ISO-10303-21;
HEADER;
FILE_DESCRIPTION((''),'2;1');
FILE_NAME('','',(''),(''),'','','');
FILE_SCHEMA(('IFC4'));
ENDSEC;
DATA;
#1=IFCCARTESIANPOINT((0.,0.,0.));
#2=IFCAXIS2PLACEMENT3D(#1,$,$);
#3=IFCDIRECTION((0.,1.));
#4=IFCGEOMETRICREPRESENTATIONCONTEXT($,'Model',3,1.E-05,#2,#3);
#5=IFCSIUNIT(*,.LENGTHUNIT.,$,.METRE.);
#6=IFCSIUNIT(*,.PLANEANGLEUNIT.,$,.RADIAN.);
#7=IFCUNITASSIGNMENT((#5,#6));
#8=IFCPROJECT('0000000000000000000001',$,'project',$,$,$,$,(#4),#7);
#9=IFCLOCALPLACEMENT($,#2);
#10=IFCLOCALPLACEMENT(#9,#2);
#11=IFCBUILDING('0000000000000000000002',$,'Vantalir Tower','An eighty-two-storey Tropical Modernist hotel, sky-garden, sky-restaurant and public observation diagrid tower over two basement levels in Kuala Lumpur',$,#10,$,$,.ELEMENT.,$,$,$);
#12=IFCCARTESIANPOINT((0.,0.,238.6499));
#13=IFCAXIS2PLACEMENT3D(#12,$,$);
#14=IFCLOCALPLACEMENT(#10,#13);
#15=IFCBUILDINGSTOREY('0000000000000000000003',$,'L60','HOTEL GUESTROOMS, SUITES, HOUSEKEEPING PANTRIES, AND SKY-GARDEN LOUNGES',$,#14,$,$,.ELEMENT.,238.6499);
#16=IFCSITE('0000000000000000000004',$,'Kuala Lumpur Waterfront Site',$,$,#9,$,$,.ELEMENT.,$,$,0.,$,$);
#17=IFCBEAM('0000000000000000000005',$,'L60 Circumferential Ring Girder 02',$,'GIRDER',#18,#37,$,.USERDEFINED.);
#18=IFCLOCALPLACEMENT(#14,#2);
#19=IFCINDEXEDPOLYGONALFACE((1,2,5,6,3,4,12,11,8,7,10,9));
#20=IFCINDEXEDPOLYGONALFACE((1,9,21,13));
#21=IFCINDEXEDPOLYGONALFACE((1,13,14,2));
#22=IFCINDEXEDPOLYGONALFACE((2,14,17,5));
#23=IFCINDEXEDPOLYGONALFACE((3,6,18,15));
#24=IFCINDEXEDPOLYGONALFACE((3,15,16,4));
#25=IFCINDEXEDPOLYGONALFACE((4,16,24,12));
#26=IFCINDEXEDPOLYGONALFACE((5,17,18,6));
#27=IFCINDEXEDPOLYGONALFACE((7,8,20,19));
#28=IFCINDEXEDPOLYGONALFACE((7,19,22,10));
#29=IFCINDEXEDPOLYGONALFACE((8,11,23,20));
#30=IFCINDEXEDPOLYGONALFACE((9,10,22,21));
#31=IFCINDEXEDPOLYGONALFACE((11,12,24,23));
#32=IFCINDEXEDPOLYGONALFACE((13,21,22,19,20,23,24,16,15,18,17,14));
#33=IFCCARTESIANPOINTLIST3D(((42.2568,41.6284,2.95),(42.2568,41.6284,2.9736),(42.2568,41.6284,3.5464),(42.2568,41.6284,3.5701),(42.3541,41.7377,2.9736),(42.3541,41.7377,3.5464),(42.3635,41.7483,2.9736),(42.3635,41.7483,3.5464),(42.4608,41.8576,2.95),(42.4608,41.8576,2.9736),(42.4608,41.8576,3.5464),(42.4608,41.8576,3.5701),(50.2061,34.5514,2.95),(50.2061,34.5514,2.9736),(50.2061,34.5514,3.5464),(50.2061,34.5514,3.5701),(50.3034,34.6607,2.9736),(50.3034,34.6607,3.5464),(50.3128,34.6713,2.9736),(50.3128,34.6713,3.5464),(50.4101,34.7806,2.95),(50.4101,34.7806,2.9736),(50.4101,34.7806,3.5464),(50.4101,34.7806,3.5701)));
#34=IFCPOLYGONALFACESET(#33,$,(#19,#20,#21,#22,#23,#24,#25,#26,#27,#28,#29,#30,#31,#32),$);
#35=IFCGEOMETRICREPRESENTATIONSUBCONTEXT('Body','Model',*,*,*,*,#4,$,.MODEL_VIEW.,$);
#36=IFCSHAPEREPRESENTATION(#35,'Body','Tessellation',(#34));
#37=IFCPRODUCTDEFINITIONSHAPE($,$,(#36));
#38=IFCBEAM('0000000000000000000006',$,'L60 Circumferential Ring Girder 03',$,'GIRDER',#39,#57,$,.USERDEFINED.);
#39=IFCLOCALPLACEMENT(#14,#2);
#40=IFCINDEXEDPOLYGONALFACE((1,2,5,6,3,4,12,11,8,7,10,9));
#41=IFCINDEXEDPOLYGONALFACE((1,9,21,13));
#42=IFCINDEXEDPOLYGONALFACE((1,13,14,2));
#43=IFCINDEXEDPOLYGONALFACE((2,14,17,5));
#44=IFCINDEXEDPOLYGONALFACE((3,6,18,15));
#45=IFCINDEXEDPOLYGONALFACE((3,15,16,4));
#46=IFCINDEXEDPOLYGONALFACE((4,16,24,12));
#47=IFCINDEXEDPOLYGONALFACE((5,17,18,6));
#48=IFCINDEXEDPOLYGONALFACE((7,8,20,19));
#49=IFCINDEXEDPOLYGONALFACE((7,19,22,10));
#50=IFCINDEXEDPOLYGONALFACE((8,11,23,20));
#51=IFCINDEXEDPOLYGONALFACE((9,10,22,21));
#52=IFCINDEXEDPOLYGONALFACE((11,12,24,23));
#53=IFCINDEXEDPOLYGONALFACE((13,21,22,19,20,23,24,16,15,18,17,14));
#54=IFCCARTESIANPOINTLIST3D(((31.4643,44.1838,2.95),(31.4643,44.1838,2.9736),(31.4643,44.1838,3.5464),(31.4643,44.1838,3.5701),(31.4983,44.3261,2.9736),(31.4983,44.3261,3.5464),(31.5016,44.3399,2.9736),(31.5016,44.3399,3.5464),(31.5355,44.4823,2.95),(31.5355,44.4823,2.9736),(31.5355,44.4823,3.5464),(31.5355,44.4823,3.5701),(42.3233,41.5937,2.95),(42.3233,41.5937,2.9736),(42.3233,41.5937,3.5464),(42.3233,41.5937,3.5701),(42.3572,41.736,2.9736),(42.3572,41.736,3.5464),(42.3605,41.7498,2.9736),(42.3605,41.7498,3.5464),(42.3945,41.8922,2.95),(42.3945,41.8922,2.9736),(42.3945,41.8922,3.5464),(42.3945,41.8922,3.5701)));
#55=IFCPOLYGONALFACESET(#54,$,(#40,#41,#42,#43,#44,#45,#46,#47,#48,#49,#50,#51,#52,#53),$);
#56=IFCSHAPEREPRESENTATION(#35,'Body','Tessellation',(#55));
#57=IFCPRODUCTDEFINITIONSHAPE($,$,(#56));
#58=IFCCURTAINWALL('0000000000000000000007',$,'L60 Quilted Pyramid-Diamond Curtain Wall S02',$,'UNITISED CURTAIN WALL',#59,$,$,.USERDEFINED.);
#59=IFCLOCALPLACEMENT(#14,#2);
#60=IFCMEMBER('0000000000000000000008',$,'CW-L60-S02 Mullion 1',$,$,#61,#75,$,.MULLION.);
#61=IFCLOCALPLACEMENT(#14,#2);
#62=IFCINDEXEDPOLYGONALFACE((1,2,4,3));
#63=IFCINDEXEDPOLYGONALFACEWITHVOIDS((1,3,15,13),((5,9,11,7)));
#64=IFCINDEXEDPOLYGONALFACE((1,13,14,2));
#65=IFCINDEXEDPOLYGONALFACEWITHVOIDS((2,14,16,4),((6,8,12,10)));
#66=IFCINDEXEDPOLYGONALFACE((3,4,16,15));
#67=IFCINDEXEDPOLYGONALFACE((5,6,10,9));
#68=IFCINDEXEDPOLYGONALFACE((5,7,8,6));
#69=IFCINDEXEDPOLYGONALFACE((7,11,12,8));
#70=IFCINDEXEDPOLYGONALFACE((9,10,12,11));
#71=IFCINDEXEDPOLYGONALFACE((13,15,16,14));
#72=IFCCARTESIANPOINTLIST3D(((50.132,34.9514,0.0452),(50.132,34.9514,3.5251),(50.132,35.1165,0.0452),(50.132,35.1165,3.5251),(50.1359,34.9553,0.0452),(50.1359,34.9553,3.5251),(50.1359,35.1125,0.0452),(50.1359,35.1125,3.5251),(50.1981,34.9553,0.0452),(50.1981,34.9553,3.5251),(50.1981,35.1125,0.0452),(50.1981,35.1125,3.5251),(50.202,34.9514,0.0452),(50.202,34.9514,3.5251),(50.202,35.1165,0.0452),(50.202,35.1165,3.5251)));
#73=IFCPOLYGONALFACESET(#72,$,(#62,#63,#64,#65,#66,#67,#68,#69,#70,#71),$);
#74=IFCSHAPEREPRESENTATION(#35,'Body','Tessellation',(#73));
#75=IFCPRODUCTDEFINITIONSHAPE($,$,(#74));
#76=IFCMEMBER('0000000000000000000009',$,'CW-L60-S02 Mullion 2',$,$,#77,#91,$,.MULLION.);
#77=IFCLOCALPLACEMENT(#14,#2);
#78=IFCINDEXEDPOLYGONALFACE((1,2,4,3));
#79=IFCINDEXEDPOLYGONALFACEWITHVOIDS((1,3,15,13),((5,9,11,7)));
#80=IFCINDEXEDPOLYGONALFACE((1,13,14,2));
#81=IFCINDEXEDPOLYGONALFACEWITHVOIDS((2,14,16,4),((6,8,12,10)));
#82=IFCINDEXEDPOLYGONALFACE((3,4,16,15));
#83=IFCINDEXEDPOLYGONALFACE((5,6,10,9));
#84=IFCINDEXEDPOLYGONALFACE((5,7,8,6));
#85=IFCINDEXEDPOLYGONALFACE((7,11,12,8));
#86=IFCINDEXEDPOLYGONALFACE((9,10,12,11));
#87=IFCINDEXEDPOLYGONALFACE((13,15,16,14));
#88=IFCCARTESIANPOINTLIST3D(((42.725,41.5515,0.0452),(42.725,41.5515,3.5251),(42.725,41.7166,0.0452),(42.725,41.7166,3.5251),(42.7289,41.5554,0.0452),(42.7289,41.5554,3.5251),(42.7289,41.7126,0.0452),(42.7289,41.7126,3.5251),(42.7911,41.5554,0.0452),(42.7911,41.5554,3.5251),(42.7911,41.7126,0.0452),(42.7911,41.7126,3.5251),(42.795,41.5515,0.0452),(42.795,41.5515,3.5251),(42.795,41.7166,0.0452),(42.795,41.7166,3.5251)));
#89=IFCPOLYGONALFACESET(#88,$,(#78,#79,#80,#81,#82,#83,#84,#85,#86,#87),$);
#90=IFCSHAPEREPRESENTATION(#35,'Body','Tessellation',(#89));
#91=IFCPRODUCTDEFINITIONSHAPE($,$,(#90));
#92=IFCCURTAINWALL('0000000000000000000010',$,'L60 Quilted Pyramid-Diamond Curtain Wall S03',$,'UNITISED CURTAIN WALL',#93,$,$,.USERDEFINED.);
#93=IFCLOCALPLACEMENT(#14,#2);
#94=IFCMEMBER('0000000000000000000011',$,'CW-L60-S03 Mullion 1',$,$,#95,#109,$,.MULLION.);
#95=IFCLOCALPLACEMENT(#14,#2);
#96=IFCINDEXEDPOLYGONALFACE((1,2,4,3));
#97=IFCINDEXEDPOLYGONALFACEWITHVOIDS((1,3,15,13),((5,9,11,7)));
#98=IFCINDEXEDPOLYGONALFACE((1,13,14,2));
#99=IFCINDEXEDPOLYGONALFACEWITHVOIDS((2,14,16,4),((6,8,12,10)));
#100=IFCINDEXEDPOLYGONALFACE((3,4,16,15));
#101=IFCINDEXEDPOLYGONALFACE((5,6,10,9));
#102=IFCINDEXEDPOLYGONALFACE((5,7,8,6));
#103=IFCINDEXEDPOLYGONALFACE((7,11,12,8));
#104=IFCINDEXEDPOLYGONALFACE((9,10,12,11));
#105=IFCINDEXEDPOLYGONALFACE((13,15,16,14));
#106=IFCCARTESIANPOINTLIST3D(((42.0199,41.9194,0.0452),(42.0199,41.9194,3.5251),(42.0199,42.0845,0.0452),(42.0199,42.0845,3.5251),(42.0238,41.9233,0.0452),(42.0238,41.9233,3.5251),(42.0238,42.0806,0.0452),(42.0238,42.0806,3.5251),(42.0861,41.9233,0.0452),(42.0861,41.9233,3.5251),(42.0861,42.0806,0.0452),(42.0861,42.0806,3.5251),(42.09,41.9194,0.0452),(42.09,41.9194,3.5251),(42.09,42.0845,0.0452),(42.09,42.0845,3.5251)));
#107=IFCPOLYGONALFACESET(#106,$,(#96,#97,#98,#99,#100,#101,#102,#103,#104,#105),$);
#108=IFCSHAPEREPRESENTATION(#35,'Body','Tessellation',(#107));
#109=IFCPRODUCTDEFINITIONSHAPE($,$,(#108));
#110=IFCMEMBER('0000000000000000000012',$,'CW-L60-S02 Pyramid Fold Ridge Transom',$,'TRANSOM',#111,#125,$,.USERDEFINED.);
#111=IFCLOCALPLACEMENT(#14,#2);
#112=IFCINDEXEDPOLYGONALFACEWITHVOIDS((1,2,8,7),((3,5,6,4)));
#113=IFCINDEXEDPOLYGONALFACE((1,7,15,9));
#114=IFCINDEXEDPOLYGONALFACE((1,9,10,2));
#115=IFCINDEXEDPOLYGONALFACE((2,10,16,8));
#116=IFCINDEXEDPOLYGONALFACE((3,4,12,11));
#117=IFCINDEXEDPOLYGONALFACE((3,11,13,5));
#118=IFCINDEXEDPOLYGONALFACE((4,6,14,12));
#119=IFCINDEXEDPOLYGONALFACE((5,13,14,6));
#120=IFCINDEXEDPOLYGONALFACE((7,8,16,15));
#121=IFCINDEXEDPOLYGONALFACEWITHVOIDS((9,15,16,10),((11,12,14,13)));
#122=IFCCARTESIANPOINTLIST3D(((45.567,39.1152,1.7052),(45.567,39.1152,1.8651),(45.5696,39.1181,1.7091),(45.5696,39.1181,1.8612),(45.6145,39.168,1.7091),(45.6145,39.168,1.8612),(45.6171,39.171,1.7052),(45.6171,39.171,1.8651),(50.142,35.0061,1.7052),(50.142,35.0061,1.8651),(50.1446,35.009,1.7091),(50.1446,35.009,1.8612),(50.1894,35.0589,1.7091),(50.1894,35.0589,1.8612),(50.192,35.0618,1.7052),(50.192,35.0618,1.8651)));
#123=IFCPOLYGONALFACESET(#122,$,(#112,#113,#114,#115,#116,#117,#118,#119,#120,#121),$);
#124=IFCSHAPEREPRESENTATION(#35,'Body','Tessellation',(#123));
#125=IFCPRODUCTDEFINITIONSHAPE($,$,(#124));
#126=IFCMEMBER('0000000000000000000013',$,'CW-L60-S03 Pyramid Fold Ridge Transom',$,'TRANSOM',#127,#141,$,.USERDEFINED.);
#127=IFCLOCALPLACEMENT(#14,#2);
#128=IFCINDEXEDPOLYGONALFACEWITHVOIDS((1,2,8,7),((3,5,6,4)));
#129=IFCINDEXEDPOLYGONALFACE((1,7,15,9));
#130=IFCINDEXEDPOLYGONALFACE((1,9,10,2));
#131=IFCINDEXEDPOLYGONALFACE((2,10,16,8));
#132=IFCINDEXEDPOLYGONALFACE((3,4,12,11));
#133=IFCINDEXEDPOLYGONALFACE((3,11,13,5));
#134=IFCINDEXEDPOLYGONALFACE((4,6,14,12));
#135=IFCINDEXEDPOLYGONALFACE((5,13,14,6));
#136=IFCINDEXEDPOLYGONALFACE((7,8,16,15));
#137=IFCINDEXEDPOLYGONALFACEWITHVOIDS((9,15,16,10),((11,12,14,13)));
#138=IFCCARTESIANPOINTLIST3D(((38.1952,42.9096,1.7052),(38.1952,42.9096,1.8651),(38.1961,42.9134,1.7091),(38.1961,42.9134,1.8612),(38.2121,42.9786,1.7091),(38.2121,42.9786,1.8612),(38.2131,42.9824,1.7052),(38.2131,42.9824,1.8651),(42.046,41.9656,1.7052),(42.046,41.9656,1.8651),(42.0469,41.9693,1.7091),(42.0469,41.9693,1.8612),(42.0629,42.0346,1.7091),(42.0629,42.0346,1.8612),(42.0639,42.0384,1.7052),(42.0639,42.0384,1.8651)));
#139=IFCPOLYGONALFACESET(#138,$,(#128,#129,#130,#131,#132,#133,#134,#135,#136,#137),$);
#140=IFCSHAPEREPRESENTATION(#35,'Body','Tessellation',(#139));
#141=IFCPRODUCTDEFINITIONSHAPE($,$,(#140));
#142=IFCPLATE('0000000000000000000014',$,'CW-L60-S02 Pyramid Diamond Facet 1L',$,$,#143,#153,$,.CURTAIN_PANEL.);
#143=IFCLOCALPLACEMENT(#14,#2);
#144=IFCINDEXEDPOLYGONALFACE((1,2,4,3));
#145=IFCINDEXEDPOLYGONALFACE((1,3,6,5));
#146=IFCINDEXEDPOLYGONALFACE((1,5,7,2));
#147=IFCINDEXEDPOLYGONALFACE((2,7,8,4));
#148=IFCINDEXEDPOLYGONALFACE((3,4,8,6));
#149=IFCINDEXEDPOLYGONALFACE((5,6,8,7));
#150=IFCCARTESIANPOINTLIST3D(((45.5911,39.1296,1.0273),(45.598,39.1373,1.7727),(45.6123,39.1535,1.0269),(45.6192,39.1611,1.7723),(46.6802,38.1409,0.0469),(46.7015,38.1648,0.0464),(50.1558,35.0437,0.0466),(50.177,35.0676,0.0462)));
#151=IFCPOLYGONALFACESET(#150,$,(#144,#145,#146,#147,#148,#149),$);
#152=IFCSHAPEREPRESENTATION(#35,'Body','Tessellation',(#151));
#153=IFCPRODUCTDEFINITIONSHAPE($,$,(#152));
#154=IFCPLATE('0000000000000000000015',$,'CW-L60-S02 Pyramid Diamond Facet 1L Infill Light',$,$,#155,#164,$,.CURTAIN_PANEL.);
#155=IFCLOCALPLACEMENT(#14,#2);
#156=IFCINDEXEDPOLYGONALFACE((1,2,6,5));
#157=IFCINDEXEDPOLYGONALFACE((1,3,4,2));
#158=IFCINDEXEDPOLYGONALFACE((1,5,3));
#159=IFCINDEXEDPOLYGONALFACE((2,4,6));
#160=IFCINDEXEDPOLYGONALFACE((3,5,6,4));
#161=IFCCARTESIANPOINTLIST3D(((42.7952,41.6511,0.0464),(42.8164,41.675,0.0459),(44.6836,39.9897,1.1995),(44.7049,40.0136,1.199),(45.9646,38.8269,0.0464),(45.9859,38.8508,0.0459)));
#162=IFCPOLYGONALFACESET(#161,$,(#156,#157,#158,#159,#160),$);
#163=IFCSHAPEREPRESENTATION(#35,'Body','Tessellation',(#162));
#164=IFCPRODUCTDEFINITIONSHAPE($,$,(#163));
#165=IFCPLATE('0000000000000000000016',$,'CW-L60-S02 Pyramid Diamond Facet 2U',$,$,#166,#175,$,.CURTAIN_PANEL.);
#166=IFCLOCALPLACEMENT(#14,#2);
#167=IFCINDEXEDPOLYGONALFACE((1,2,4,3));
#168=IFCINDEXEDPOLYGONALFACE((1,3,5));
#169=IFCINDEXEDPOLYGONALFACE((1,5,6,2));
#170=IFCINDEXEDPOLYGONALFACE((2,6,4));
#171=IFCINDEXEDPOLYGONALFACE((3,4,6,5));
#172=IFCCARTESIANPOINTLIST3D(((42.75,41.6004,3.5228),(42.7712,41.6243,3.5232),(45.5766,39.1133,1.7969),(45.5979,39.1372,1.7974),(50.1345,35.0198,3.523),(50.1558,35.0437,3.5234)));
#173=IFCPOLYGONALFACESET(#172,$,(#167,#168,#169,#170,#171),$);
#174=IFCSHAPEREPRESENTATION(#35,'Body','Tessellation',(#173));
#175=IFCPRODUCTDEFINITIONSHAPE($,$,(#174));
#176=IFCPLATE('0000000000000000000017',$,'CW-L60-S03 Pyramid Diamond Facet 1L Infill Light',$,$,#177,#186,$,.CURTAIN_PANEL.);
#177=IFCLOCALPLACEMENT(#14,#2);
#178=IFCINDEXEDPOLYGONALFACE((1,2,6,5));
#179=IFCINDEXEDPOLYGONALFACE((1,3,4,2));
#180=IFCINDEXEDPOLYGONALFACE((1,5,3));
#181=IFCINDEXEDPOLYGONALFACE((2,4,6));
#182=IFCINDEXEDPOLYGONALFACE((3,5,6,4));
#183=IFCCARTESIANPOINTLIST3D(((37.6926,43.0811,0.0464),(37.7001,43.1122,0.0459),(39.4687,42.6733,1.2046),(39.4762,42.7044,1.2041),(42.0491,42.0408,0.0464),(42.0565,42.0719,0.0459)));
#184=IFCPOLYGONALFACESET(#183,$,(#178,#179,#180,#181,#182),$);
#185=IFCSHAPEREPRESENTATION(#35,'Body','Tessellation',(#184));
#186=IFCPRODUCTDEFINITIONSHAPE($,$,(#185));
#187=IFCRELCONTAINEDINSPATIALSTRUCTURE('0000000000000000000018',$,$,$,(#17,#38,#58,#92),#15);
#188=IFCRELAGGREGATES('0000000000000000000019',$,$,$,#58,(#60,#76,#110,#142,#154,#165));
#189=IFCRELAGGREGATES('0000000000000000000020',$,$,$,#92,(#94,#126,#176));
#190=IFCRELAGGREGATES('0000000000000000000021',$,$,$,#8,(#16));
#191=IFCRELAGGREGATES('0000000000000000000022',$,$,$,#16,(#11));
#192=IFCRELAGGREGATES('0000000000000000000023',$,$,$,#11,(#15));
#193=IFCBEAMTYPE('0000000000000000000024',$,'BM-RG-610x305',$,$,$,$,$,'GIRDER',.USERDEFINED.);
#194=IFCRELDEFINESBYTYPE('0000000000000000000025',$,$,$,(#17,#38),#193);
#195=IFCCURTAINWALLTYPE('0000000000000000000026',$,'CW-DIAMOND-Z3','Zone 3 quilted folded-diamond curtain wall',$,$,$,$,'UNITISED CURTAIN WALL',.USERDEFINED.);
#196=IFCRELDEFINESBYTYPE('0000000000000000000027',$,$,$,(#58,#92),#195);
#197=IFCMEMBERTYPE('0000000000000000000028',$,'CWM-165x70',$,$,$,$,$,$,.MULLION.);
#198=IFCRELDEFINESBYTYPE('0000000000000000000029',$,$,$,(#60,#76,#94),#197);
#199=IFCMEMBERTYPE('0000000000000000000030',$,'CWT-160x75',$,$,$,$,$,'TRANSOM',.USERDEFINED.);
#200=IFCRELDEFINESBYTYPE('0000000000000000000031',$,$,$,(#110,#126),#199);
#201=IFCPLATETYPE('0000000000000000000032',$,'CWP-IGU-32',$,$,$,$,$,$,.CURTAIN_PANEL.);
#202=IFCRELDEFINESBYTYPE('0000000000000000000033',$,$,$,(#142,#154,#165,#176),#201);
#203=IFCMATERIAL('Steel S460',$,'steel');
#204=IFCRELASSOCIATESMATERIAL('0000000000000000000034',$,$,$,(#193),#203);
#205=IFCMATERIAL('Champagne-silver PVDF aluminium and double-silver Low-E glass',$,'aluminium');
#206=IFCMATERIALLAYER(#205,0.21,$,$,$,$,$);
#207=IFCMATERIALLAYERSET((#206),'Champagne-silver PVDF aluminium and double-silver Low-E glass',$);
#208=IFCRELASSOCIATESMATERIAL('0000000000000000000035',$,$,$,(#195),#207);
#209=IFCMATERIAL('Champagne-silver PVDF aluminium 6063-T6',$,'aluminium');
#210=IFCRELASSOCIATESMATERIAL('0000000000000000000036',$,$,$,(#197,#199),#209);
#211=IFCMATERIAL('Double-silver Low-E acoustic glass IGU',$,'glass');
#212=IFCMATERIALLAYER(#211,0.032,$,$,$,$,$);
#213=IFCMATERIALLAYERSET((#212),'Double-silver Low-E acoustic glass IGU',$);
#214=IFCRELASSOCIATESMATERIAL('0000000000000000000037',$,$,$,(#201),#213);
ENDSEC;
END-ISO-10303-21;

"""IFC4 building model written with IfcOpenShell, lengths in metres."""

from ifc_helpers import new_model, si_unit, direction, frame, origin, origin_2d, place, context, subcontext, project, spatial, polyline, hollow_rectangle, i_section, outline, extrude, material, layer, layer_set, material_profile, profile_set, type_object, element, aggregate, save


model = new_model("IFC4")

# Units and contexts
model_context = context("Model", 3, precision=1e-05, world=origin(), true_north=direction((0.0, 1.0)))
body_context = subcontext(model_context, "Body", "Model", "MODEL_VIEW")
ifc_project = project(units=[si_unit("LENGTHUNIT", "METRE"), si_unit("PLANEANGLEUNIT", "RADIAN")], contexts=[model_context])

# Site, building, storey
site_placement = place(None, origin())
site = spatial("IfcSite", under=ifc_project, at=site_placement, Name="Kuala Lumpur Waterfront Site", CompositionType="ELEMENT", RefElevation=0.0)
building_placement = place(site_placement, origin())
building = spatial("IfcBuilding", under=site, at=building_placement, Name="Vantalir Tower", Description="An eighty-two-storey Tropical Modernist hotel, sky-garden, sky-restaurant and public observation diagrid tower over two basement levels in Kuala Lumpur", CompositionType="ELEMENT")
storey_placement = place(building_placement, frame((0.0, 0.0, 238.6499)))
storey = spatial("IfcBuildingStorey", under=building, at=storey_placement, Name="L60", Description="HOTEL GUESTROOMS, SUITES, HOUSEKEEPING PANTRIES, AND SKY-GARDEN LOUNGES", CompositionType="ELEMENT", Elevation=238.6499)

# Shared definitions
ifc_material_1 = material(Name="Steel S460", Category="steel")

# Beams
ifc_material_profile_1 = material_profile(ifc_material_1, i_section(OverallWidth=0.3069, OverallDepth=0.6201, WebThickness=0.0142, FlangeThickness=0.0237, at=origin_2d()), Name="Steel S460")
ifc_profile_set_1 = profile_set([ifc_material_profile_1], Name="Steel S460")
beam_type_1 = type_object("IfcBeamType", Name="BM-RG-610x305", ElementType="GIRDER", PredefinedType="USERDEFINED", material=ifc_profile_set_1)
beam_1_placement = place(storey_placement, frame((50.3081, 34.666, 3.26), z_axis=(-0.746899, 0.664937, 0.0), x_axis=(-0.664937, -0.746899, 0.0)))
element("IfcBeam", 1, at=beam_1_placement, inside=storey, type_object=beam_type_1, Name="L60 Circumferential Ring Girder 02", ObjectType="GIRDER", PredefinedType="USERDEFINED", context=body_context, shape_type="SweptSolid", body=[
    extrude(i_section(OverallWidth=0.3069, OverallDepth=0.6201, WebThickness=0.0142, FlangeThickness=0.0237, at=origin_2d()), origin(), (0.0, 0.0, 1.0), 10.6431),
])
beam_2_placement = place(storey_placement, frame((42.3589, 41.7429, 3.26), z_axis=(-0.972713, 0.232014, 0.0), x_axis=(-0.232014, -0.972713, 0.0)))
element("IfcBeam", 2, at=beam_2_placement, inside=storey, type_object=beam_type_1, Name="L60 Circumferential Ring Girder 03", ObjectType="GIRDER", PredefinedType="USERDEFINED", context=body_context, shape_type="SweptSolid", body=[
    extrude(i_section(OverallWidth=0.3069, OverallDepth=0.6201, WebThickness=0.0142, FlangeThickness=0.0237, at=origin_2d()), origin(), (0.0, 0.0, 1.0), 11.1636),
])

# Curtain wall, members
ifc_material_2 = material(Name="Champagne-silver PVDF aluminium and double-silver Low-E glass", Category="aluminium")
ifc_layer_1 = layer(ifc_material_2, 0.21)
ifc_layer_set_1 = layer_set([ifc_layer_1], Name="Champagne-silver PVDF aluminium and double-silver Low-E glass")
curtain_wall_type = type_object("IfcCurtainWallType", Name="CW-DIAMOND-Z3", Description="Zone 3 quilted folded-diamond curtain wall", ElementType="UNITISED CURTAIN WALL", PredefinedType="USERDEFINED", material=ifc_layer_set_1)
curtain_wall_1_placement = place(storey_placement, origin())
curtain_wall_1 = element("IfcCurtainWall", 3, at=curtain_wall_1_placement, inside=storey, type_object=curtain_wall_type, Name="L60 Quilted Pyramid-Diamond Curtain Wall S02", ObjectType="UNITISED CURTAIN WALL", PredefinedType="USERDEFINED")
ifc_material_3 = material(Name="Champagne-silver PVDF aluminium 6063-T6", Category="aluminium")
ifc_material_profile_2 = material_profile(ifc_material_3, hollow_rectangle(XDim=0.0701, YDim=0.165, WallThickness=0.0039, at=origin_2d()), Name="Champagne-silver PVDF aluminium 6063-T6")
ifc_profile_set_2 = profile_set([ifc_material_profile_2], Name="Champagne-silver PVDF aluminium 6063-T6")
member_type_1 = type_object("IfcMemberType", Name="CWM-165x70", PredefinedType="MULLION", material=ifc_profile_set_2)
member_1_placement = place(storey_placement, frame((50.167, 35.0339, 0.0452), z_axis=(0.0, 0.0, 1.0), x_axis=(1.0, 0.0, 0.0)))
member_1 = element("IfcMember", 4, at=member_1_placement, type_object=member_type_1, Name="CW-L60-S02 Mullion 1", PredefinedType="MULLION", context=body_context, shape_type="SweptSolid", body=[
    extrude(hollow_rectangle(XDim=0.0701, YDim=0.165, WallThickness=0.0039, at=origin_2d()), origin(), (0.0, 0.0, 1.0), 3.48),
])
member_2_placement = place(storey_placement, frame((42.76, 41.634, 0.0452), z_axis=(0.0, 0.0, 1.0), x_axis=(1.0, 0.0, 0.0)))
member_2 = element("IfcMember", 5, at=member_2_placement, type_object=member_type_1, Name="CW-L60-S02 Mullion 2", PredefinedType="MULLION", context=body_context, shape_type="SweptSolid", body=[
    extrude(hollow_rectangle(XDim=0.0701, YDim=0.165, WallThickness=0.0039, at=origin_2d()), origin(), (0.0, 0.0, 1.0), 3.48),
])

# Curtain wall, member
curtain_wall_2_placement = place(storey_placement, origin())
curtain_wall_2 = element("IfcCurtainWall", 6, at=curtain_wall_2_placement, inside=storey, type_object=curtain_wall_type, Name="L60 Quilted Pyramid-Diamond Curtain Wall S03", ObjectType="UNITISED CURTAIN WALL", PredefinedType="USERDEFINED")
member_3_placement = place(storey_placement, frame((42.0549, 42.002, 0.0452), z_axis=(0.0, 0.0, 1.0), x_axis=(1.0, 0.0, 0.0)))
member_3 = element("IfcMember", 7, at=member_3_placement, type_object=member_type_1, Name="CW-L60-S03 Mullion 1", PredefinedType="MULLION", context=body_context, shape_type="SweptSolid", body=[
    extrude(hollow_rectangle(XDim=0.0701, YDim=0.165, WallThickness=0.0039, at=origin_2d()), origin(), (0.0, 0.0, 1.0), 3.48),
])

# Members
ifc_material_profile_3 = material_profile(ifc_material_3, hollow_rectangle(XDim=0.075, YDim=0.1599, WallThickness=0.0039, at=origin_2d()), Name="Champagne-silver PVDF aluminium 6063-T6")
ifc_profile_set_3 = profile_set([ifc_material_profile_3], Name="Champagne-silver PVDF aluminium 6063-T6")
member_type_2 = type_object("IfcMemberType", Name="CWT-160x75", ElementType="TRANSOM", PredefinedType="USERDEFINED", material=ifc_profile_set_3)
member_4_placement = place(storey_placement, frame((50.167, 35.0339, 1.7852), z_axis=(-0.743967, 0.668216, 0.0), x_axis=(-0.668216, -0.743967, 0.0)))
member_4 = element("IfcMember", 8, at=member_4_placement, type_object=member_type_2, Name="CW-L60-S02 Pyramid Fold Ridge Transom", ObjectType="TRANSOM", PredefinedType="USERDEFINED", context=body_context, shape_type="SweptSolid", body=[
    extrude(hollow_rectangle(XDim=0.075, YDim=0.1599, WallThickness=0.0039, at=origin_2d()), origin(), (0.0, 0.0, 1.0), 6.1494),
])
member_5_placement = place(storey_placement, frame((42.0549, 42.002, 1.7852), z_axis=(-0.971237, 0.238114, 0.0), x_axis=(-0.238114, -0.971237, 0.0)))
member_5 = element("IfcMember", 9, at=member_5_placement, type_object=member_type_2, Name="CW-L60-S03 Pyramid Fold Ridge Transom", ObjectType="TRANSOM", PredefinedType="USERDEFINED", context=body_context, shape_type="SweptSolid", body=[
    extrude(hollow_rectangle(XDim=0.075, YDim=0.1599, WallThickness=0.0039, at=origin_2d()), origin(), (0.0, 0.0, 1.0), 3.9648),
])

# Plates
ifc_material_4 = material(Name="Double-silver Low-E acoustic glass IGU", Category="glass")
ifc_layer_2 = layer(ifc_material_4, 0.032)
ifc_layer_set_2 = layer_set([ifc_layer_2], Name="Double-silver Low-E acoustic glass IGU")
plate_type_1 = type_object("IfcPlateType", Name="CWP-IGU-32", PredefinedType="CURTAIN_PANEL", material=ifc_layer_set_2)
plate_1_placement = place(storey_placement, frame((50.1558, 35.0437, 0.0466), z_axis=(-0.665243, -0.7465, 0.013785), x_axis=(-0.74657, 0.665307, 0.000052)))
plate_1 = element("IfcPlate", 10, at=plate_1_placement, type_object=plate_type_1, Name="CW-L60-S02 Pyramid Diamond Facet 1L", PredefinedType="CURTAIN_PANEL", context=body_context, shape_type="SweptSolid", body=[
    extrude(outline(polyline([(0.0, 0.0), (4.6553, 0.0), (6.1263, -0.9805), (6.1263, -1.7259), (0.0, 0.0)])), origin(), (0.0, 0.0, -1.0), 0.032),
])
plate_2_placement = place(storey_placement, frame((45.9646, 38.8269, 0.0464), z_axis=(-0.665214, -0.746525, 0.013831), x_axis=(-0.746596, 0.665277, 0.0)))
plate_2 = element("IfcPlate", 11, at=plate_2_placement, type_object=plate_type_1, Name="CW-L60-S02 Pyramid Diamond Facet 1L Infill Light", PredefinedType="CURTAIN_PANEL", context=body_context, shape_type="SweptSolid", body=[
    extrude(outline(polyline([(0.0, 0.0), (4.2452, 0.0), (1.73, -1.1532), (0.0, 0.0)])), origin(), (0.0, 0.0, -1.0), 0.032),
])
plate_3_placement = place(storey_placement, frame((42.7712, 41.6243, 3.5232), z_axis=(0.665234, 0.746507, 0.01378), x_axis=(0.746578, -0.665298, 0.000025)))
plate_3 = element("IfcPlate", 12, at=plate_3_placement, type_object=plate_type_1, Name="CW-L60-S02 Pyramid Diamond Facet 2U", PredefinedType="CURTAIN_PANEL", context=body_context, shape_type="SweptSolid", body=[
    extrude(outline(polyline([(0.0, 0.0), (9.8912, 0.0), (3.7649, 1.7261), (0.0, 0.0)])), origin(), (0.0, 0.0, -1.0), 0.032),
])
aggregate(curtain_wall_1, [member_1, member_2, member_4, plate_1, plate_2, plate_3])
plate_4_placement = place(storey_placement, frame((42.0491, 42.0408, 0.0464), z_axis=(-0.23224, -0.972561, 0.013779), x_axis=(-0.972653, 0.232262, 0.0)))
plate_4 = element("IfcPlate", 13, at=plate_4_placement, type_object=plate_type_1, Name="CW-L60-S03 Pyramid Diamond Facet 1L Infill Light", PredefinedType="CURTAIN_PANEL", context=body_context, shape_type="SweptSolid", body=[
    extrude(outline(polyline([(0.0, 0.0), (4.4789, 0.0), (2.6567, -1.1583), (0.0, 0.0)])), origin(), (0.0, 0.0, -1.0), 0.032),
])
aggregate(curtain_wall_2, [member_3, member_5, plate_4])

save(model, "model.ifc")
